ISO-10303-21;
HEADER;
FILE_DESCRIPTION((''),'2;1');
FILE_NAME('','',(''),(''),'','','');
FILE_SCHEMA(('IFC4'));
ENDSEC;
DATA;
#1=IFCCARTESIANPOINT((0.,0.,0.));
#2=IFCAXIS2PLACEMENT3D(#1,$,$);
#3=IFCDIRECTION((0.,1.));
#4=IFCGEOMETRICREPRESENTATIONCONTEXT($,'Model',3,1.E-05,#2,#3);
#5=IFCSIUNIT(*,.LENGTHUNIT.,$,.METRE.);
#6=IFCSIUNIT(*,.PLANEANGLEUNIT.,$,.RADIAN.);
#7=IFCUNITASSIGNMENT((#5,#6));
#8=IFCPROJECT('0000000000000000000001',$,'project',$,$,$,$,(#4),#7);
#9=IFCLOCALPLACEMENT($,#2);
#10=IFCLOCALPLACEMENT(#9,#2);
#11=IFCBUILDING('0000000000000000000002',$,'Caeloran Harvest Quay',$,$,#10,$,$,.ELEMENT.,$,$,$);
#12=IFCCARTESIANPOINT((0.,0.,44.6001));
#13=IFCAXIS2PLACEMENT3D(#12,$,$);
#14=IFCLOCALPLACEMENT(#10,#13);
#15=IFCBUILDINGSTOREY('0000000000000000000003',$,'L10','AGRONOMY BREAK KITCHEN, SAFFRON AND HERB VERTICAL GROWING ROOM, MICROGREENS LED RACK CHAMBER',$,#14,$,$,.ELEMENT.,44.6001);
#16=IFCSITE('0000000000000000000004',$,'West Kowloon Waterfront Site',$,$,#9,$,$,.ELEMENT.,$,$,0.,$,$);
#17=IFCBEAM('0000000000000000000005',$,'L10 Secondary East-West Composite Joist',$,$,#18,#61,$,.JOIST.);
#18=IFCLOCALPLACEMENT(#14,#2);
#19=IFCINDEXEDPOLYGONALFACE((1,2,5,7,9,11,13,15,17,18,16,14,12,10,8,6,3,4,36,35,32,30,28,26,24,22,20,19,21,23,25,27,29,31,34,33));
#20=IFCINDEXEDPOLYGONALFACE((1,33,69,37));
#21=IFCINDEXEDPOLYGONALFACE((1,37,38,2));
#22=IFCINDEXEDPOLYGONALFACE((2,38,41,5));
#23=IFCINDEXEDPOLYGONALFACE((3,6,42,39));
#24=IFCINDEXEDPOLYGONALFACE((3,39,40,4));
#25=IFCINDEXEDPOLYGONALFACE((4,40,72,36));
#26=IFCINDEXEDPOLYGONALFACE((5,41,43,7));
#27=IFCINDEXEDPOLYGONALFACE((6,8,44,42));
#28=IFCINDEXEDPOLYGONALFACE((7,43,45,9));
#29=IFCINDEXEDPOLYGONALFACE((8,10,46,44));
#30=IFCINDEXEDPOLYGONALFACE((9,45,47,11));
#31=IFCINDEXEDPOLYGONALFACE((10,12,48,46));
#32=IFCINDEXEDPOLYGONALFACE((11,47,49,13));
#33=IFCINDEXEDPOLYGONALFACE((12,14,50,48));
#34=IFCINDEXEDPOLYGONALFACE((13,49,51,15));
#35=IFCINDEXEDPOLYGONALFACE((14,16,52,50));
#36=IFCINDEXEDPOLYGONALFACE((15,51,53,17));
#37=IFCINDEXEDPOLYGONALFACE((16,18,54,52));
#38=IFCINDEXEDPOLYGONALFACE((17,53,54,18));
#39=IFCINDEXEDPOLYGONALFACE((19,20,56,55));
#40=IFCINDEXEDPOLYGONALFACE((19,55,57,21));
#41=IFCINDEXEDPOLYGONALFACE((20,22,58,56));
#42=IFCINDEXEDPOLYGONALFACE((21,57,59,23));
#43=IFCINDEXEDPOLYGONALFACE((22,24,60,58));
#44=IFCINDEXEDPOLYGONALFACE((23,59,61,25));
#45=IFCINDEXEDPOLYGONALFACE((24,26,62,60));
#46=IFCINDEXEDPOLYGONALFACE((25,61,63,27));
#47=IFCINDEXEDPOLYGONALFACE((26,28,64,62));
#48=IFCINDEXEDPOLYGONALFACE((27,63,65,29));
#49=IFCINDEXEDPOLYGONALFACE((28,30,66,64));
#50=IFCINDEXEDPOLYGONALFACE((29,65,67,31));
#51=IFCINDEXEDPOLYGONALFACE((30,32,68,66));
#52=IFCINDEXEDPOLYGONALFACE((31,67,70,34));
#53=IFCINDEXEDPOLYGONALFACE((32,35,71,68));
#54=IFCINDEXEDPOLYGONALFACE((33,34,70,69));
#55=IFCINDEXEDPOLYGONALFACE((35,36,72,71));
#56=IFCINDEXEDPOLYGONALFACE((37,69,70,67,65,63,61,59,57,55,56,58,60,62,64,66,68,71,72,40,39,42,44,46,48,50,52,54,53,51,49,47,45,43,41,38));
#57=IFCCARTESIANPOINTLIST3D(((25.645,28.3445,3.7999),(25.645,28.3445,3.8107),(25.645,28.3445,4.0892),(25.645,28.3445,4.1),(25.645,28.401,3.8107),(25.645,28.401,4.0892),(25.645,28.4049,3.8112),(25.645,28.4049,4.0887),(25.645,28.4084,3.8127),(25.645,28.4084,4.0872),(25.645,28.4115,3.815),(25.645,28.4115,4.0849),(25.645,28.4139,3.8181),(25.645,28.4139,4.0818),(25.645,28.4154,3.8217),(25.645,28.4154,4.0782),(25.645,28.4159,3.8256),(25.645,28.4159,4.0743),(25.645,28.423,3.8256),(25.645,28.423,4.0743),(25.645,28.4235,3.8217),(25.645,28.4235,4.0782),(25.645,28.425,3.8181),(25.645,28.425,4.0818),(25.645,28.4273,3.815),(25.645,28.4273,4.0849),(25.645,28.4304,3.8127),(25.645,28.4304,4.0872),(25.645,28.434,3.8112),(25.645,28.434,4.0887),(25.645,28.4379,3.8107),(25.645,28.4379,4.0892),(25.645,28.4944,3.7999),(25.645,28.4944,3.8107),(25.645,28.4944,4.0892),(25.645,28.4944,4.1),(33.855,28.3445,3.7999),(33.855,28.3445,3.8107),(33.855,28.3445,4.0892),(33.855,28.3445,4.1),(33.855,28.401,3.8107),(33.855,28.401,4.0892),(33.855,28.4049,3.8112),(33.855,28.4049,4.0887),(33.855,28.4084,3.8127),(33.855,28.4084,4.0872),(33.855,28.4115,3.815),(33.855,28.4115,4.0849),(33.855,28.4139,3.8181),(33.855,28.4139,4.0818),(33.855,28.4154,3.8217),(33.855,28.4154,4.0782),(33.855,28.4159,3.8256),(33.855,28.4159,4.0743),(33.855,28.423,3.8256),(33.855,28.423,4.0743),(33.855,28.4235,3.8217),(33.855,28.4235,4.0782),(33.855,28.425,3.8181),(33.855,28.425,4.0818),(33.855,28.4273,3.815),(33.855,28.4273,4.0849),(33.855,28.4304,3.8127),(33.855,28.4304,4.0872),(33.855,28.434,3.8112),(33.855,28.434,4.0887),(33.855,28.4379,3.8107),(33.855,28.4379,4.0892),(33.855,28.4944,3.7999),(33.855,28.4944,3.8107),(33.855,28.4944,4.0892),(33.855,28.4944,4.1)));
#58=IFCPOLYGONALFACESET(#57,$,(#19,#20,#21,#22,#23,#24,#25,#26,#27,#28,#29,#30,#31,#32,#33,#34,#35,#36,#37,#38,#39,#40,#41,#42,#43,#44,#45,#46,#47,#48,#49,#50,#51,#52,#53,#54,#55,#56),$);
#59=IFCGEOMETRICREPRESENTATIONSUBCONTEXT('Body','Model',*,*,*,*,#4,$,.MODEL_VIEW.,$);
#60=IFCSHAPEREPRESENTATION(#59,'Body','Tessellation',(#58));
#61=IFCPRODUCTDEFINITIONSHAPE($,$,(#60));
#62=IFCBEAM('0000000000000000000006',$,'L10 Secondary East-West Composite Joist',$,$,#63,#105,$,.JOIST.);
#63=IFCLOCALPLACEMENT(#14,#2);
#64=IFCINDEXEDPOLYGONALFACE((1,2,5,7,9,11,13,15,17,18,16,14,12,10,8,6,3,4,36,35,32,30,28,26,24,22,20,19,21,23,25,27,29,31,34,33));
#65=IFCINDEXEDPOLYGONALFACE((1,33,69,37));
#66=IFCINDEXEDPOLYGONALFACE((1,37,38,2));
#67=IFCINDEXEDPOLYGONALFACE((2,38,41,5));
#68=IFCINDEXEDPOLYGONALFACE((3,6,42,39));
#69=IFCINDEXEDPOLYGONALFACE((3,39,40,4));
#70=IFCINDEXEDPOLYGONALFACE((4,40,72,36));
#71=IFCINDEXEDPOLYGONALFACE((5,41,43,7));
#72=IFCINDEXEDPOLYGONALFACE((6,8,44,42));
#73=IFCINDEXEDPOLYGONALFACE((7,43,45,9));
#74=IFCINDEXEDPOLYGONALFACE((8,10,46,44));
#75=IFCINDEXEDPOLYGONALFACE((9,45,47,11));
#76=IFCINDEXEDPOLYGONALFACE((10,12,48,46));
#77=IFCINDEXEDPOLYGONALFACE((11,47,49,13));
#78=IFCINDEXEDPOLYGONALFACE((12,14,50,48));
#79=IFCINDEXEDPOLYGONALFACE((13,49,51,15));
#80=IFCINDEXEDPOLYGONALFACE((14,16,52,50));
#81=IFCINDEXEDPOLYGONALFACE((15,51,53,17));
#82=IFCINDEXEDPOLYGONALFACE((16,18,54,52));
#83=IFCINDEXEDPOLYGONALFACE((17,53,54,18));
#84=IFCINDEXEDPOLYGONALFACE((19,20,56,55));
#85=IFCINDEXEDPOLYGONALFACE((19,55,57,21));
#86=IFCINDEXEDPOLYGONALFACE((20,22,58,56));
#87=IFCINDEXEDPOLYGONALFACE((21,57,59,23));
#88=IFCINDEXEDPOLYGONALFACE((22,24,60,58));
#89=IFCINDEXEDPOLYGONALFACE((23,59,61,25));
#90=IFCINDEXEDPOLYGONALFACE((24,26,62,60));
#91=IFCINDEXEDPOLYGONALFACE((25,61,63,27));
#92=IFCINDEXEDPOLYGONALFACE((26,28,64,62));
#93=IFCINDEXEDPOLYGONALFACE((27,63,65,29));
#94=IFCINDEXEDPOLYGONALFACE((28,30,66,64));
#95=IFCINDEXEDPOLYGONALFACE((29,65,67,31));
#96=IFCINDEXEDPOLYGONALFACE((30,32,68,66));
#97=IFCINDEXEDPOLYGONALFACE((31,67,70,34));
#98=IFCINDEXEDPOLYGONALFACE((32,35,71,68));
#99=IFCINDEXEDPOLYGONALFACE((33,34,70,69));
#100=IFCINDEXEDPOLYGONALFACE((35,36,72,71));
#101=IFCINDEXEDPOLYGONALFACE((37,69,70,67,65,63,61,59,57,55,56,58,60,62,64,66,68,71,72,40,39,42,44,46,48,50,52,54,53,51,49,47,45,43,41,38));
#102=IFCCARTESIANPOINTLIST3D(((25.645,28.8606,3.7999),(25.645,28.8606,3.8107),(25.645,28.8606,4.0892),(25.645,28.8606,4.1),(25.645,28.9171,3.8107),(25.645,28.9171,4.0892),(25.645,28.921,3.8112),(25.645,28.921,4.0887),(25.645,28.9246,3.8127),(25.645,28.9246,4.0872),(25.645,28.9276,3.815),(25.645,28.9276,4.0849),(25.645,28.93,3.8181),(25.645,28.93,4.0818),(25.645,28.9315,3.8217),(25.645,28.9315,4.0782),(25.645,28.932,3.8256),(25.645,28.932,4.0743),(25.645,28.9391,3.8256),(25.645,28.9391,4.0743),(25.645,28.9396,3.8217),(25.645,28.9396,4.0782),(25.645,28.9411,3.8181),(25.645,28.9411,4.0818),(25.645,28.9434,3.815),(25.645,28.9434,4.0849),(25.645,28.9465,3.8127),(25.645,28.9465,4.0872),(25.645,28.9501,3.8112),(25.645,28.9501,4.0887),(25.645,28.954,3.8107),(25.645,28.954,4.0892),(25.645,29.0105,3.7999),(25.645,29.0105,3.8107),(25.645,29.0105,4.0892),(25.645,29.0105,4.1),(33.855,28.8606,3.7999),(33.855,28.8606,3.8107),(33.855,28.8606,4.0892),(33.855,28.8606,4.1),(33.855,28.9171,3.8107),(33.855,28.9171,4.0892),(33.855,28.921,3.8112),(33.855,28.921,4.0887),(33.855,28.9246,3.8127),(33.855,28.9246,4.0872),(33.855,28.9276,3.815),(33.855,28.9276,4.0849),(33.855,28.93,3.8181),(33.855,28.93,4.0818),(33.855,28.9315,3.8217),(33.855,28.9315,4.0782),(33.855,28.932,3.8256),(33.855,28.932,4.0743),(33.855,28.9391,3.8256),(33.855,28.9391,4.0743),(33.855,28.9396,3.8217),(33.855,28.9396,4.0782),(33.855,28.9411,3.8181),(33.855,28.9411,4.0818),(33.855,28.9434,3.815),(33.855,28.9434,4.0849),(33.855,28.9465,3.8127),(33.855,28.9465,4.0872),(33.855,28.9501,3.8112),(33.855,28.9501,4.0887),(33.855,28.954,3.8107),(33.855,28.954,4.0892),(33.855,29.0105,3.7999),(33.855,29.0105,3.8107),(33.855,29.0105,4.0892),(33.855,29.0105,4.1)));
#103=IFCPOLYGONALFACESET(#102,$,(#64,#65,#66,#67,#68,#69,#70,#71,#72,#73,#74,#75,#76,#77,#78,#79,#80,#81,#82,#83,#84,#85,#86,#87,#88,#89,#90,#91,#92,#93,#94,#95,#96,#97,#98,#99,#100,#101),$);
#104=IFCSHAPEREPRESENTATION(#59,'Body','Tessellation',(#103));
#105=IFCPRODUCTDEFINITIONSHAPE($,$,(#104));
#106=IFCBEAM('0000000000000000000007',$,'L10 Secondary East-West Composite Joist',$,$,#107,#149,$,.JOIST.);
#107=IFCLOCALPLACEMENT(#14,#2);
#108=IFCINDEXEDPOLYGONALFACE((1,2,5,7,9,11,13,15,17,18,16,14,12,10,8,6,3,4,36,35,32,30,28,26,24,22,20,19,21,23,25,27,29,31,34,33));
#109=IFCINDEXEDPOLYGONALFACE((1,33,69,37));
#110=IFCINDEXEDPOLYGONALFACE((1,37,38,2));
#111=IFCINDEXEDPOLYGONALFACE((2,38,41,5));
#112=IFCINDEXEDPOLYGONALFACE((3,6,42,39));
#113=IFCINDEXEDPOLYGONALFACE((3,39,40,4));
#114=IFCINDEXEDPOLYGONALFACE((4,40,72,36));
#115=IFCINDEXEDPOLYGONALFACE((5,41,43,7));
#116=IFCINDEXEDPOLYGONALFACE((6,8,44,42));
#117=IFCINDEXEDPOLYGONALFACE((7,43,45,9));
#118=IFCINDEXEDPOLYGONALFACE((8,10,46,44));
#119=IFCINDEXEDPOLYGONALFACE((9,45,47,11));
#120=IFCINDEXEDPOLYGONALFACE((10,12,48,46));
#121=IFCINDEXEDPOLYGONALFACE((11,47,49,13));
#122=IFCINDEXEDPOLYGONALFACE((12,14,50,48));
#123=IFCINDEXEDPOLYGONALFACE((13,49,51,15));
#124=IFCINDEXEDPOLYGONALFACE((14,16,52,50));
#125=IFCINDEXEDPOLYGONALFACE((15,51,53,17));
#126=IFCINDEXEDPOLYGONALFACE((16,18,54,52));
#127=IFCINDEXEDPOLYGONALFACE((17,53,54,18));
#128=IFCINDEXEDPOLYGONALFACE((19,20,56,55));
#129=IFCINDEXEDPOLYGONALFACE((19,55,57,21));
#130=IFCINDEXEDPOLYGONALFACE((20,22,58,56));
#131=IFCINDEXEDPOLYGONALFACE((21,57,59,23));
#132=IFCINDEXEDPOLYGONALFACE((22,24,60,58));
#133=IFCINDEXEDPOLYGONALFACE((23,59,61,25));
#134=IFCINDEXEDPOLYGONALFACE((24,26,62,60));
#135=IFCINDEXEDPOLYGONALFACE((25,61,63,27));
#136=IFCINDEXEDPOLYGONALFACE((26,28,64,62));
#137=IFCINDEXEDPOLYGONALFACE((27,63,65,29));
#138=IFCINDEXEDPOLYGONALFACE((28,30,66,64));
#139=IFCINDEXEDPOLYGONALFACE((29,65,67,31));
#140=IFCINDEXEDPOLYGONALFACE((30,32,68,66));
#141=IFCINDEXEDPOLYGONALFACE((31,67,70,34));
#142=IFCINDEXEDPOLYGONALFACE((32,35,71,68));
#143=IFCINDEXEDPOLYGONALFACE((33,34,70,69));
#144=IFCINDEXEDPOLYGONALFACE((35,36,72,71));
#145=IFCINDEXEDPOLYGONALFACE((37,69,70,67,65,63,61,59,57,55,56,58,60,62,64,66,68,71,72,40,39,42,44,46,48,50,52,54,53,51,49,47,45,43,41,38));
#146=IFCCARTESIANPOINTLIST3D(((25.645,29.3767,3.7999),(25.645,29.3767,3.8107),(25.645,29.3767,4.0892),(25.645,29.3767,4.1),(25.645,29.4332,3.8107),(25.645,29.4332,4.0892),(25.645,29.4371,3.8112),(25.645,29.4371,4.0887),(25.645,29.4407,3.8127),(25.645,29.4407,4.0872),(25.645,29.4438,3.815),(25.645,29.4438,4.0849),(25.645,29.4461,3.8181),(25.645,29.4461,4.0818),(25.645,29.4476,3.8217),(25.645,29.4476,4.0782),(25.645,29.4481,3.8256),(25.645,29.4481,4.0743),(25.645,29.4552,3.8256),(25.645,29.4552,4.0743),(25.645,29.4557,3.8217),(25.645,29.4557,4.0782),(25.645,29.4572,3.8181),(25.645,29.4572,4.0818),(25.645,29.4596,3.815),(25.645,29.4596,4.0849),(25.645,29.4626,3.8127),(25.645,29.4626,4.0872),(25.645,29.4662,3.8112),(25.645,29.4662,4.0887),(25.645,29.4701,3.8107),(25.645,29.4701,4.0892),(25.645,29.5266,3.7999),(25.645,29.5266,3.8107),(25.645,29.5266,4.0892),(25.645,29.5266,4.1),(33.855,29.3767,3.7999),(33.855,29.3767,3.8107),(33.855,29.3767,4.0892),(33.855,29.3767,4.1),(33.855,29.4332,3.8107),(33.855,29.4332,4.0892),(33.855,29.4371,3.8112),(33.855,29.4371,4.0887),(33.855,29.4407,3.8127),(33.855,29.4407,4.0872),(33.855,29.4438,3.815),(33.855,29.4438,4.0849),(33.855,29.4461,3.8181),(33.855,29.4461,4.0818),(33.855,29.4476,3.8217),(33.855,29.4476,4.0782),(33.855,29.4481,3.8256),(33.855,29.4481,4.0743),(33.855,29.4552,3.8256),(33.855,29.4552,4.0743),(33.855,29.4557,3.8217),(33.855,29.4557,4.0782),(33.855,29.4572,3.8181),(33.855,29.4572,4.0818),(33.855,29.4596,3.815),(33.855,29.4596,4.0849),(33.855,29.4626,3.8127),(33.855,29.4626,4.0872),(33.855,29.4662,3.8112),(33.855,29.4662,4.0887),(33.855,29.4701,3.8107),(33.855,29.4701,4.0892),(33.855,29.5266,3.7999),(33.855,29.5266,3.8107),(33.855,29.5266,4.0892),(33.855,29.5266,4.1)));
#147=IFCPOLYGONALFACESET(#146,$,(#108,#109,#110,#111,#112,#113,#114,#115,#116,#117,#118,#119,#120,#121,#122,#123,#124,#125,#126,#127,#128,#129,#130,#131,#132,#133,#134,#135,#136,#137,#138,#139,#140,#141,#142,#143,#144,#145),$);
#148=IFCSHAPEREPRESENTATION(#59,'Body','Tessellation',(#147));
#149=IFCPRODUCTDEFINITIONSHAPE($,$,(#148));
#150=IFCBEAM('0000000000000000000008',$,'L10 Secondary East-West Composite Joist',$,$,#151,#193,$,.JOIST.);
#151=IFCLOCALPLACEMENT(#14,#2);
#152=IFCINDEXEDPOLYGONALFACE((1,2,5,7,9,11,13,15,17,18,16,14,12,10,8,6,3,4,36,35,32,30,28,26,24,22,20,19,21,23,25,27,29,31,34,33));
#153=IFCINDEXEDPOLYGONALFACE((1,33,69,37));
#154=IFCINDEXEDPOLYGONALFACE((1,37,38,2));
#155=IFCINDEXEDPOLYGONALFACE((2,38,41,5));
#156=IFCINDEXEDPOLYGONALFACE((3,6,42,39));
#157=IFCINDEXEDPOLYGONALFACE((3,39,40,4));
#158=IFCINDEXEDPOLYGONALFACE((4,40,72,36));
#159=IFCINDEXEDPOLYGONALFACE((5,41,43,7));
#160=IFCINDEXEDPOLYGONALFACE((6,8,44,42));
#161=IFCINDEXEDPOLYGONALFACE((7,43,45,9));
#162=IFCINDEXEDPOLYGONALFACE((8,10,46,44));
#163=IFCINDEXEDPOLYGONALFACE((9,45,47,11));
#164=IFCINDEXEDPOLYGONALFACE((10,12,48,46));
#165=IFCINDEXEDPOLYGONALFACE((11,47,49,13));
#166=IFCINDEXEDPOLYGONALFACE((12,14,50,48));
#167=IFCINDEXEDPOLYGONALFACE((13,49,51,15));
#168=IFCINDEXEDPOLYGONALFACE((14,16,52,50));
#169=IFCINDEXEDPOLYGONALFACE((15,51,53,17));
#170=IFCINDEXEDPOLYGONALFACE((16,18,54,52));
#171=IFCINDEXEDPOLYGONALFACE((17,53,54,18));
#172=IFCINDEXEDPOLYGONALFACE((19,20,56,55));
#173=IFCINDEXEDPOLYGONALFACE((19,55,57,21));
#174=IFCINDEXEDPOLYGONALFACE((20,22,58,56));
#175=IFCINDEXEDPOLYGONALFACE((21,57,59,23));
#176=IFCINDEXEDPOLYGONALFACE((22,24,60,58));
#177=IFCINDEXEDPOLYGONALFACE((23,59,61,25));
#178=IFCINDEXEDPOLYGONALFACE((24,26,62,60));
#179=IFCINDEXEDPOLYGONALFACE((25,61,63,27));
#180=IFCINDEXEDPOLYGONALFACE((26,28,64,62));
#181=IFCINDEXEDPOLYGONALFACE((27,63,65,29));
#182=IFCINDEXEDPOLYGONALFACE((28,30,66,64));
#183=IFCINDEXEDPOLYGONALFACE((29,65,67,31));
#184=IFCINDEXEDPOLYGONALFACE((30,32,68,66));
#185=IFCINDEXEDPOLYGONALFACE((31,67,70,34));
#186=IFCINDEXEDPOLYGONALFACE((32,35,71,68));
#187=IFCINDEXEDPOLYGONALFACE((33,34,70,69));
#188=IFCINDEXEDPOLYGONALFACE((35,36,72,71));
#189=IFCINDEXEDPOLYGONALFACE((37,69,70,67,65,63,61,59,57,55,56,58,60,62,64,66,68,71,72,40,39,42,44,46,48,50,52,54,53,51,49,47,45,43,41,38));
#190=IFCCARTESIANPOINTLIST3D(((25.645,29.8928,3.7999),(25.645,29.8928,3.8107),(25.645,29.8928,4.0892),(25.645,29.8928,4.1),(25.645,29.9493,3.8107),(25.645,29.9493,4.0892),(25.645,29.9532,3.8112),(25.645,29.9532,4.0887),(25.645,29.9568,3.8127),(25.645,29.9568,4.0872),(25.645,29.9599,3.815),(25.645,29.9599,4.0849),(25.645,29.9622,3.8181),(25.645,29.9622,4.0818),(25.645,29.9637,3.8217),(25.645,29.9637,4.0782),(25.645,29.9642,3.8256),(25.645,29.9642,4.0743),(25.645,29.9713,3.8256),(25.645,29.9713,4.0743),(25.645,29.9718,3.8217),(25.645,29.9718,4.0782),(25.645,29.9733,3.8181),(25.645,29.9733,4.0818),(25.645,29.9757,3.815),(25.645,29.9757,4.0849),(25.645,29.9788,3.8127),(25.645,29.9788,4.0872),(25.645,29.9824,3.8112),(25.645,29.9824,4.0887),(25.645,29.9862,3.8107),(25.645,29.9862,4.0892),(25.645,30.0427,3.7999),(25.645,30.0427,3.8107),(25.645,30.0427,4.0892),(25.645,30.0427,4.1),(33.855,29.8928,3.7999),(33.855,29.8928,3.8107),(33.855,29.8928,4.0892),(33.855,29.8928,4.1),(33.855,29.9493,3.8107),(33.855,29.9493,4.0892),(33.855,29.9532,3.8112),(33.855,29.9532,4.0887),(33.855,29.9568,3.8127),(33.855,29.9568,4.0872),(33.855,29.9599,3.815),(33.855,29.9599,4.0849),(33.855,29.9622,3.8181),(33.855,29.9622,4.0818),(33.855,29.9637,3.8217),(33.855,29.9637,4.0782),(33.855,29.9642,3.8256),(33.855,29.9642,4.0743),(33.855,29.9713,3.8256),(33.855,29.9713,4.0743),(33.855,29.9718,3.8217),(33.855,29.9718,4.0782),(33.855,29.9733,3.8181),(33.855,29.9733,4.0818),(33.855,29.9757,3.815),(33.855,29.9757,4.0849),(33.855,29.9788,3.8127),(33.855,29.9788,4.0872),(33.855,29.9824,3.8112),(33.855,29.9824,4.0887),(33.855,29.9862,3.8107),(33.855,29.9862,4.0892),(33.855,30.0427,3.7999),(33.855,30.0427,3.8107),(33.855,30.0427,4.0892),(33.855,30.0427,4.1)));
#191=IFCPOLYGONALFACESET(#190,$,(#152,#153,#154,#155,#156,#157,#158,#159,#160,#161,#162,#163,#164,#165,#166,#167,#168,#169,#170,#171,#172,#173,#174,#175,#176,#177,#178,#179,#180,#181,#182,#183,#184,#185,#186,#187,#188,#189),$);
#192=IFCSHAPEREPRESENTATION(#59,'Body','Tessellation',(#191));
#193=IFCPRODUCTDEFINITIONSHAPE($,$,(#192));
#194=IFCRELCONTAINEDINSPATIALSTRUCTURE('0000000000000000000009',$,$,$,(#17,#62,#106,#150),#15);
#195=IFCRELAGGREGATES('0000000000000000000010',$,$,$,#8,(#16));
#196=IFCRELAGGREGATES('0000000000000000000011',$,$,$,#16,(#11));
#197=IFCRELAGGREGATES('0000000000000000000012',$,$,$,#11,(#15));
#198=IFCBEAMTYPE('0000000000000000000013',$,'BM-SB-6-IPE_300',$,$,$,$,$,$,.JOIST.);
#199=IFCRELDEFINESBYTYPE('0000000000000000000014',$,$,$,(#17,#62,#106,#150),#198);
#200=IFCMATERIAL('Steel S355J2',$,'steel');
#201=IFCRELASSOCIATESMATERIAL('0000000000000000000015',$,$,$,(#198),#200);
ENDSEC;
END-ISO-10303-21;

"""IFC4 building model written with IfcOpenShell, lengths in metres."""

from ifc_helpers import new_model, si_unit, direction, frame, origin, origin_2d, place, context, subcontext, project, spatial, i_section, extrude, material, material_profile, profile_set, type_object, element, save


model = new_model("IFC4")

# Units and contexts
model_context = context("Model", 3, precision=1e-05, world=origin(), true_north=direction((0.0, 1.0)))
body_context = subcontext(model_context, "Body", "Model", "MODEL_VIEW")
ifc_project = project(units=[si_unit("LENGTHUNIT", "METRE"), si_unit("PLANEANGLEUNIT", "RADIAN")], contexts=[model_context])

# Site, building, storey
site_placement = place(None, origin())
site = spatial("IfcSite", under=ifc_project, at=site_placement, Name="West Kowloon Waterfront Site", CompositionType="ELEMENT", RefElevation=0.0)
building_placement = place(site_placement, origin())
building = spatial("IfcBuilding", under=site, at=building_placement, Name="Caeloran Harvest Quay", CompositionType="ELEMENT")
storey_placement = place(building_placement, frame((0.0, 0.0, 44.6001)))
storey = spatial("IfcBuildingStorey", under=building, at=storey_placement, Name="L10", Description="AGRONOMY BREAK KITCHEN, SAFFRON AND HERB VERTICAL GROWING ROOM, MICROGREENS LED RACK CHAMBER", CompositionType="ELEMENT", Elevation=44.6001)

# Beams
ifc_material_1 = material(Name="Steel S355J2", Category="steel")
ifc_material_profile_1 = material_profile(ifc_material_1, i_section(OverallWidth=0.1499, OverallDepth=0.3, WebThickness=0.0071, FlangeThickness=0.0107, FilletRadius=0.0149, at=origin_2d()), Name="IPE 300")
ifc_profile_set_1 = profile_set([ifc_material_profile_1], Name="Steel S355J2")
beam_type_1 = type_object("IfcBeamType", Name="BM-SB-6-IPE_300", PredefinedType="JOIST", material=ifc_profile_set_1)
for number, where, z_axis, x_axis, name in (
    (1, (25.645, 28.4194, 3.95), (1.0, 0.0, 0.0), (0.0, 1.0, 0.0), "L10 Secondary East-West Composite Joist"),
    (2, (25.645, 28.9355, 3.95), (1.0, 0.0, 0.0), (0.0, 1.0, 0.0), "L10 Secondary East-West Composite Joist"),
    (3, (25.645, 29.4517, 3.95), (1.0, 0.0, 0.0), (0.0, 1.0, 0.0), "L10 Secondary East-West Composite Joist"),
    (4, (25.645, 29.9678, 3.95), (1.0, 0.0, 0.0), (0.0, 1.0, 0.0), "L10 Secondary East-West Composite Joist"),
):
    element("IfcBeam", number, at=place(storey_placement, frame(where, z_axis=z_axis, x_axis=x_axis)), inside=storey, type_object=beam_type_1, Name=name, PredefinedType="JOIST", context=body_context, shape_type="SweptSolid", body=[
        extrude(i_section(OverallWidth=0.1499, OverallDepth=0.3, WebThickness=0.0071, FlangeThickness=0.0107, FilletRadius=0.0149, at=origin_2d()), origin(), (0.0, 0.0, 1.0), 8.21),
    ])

save(model, "model.ifc")
